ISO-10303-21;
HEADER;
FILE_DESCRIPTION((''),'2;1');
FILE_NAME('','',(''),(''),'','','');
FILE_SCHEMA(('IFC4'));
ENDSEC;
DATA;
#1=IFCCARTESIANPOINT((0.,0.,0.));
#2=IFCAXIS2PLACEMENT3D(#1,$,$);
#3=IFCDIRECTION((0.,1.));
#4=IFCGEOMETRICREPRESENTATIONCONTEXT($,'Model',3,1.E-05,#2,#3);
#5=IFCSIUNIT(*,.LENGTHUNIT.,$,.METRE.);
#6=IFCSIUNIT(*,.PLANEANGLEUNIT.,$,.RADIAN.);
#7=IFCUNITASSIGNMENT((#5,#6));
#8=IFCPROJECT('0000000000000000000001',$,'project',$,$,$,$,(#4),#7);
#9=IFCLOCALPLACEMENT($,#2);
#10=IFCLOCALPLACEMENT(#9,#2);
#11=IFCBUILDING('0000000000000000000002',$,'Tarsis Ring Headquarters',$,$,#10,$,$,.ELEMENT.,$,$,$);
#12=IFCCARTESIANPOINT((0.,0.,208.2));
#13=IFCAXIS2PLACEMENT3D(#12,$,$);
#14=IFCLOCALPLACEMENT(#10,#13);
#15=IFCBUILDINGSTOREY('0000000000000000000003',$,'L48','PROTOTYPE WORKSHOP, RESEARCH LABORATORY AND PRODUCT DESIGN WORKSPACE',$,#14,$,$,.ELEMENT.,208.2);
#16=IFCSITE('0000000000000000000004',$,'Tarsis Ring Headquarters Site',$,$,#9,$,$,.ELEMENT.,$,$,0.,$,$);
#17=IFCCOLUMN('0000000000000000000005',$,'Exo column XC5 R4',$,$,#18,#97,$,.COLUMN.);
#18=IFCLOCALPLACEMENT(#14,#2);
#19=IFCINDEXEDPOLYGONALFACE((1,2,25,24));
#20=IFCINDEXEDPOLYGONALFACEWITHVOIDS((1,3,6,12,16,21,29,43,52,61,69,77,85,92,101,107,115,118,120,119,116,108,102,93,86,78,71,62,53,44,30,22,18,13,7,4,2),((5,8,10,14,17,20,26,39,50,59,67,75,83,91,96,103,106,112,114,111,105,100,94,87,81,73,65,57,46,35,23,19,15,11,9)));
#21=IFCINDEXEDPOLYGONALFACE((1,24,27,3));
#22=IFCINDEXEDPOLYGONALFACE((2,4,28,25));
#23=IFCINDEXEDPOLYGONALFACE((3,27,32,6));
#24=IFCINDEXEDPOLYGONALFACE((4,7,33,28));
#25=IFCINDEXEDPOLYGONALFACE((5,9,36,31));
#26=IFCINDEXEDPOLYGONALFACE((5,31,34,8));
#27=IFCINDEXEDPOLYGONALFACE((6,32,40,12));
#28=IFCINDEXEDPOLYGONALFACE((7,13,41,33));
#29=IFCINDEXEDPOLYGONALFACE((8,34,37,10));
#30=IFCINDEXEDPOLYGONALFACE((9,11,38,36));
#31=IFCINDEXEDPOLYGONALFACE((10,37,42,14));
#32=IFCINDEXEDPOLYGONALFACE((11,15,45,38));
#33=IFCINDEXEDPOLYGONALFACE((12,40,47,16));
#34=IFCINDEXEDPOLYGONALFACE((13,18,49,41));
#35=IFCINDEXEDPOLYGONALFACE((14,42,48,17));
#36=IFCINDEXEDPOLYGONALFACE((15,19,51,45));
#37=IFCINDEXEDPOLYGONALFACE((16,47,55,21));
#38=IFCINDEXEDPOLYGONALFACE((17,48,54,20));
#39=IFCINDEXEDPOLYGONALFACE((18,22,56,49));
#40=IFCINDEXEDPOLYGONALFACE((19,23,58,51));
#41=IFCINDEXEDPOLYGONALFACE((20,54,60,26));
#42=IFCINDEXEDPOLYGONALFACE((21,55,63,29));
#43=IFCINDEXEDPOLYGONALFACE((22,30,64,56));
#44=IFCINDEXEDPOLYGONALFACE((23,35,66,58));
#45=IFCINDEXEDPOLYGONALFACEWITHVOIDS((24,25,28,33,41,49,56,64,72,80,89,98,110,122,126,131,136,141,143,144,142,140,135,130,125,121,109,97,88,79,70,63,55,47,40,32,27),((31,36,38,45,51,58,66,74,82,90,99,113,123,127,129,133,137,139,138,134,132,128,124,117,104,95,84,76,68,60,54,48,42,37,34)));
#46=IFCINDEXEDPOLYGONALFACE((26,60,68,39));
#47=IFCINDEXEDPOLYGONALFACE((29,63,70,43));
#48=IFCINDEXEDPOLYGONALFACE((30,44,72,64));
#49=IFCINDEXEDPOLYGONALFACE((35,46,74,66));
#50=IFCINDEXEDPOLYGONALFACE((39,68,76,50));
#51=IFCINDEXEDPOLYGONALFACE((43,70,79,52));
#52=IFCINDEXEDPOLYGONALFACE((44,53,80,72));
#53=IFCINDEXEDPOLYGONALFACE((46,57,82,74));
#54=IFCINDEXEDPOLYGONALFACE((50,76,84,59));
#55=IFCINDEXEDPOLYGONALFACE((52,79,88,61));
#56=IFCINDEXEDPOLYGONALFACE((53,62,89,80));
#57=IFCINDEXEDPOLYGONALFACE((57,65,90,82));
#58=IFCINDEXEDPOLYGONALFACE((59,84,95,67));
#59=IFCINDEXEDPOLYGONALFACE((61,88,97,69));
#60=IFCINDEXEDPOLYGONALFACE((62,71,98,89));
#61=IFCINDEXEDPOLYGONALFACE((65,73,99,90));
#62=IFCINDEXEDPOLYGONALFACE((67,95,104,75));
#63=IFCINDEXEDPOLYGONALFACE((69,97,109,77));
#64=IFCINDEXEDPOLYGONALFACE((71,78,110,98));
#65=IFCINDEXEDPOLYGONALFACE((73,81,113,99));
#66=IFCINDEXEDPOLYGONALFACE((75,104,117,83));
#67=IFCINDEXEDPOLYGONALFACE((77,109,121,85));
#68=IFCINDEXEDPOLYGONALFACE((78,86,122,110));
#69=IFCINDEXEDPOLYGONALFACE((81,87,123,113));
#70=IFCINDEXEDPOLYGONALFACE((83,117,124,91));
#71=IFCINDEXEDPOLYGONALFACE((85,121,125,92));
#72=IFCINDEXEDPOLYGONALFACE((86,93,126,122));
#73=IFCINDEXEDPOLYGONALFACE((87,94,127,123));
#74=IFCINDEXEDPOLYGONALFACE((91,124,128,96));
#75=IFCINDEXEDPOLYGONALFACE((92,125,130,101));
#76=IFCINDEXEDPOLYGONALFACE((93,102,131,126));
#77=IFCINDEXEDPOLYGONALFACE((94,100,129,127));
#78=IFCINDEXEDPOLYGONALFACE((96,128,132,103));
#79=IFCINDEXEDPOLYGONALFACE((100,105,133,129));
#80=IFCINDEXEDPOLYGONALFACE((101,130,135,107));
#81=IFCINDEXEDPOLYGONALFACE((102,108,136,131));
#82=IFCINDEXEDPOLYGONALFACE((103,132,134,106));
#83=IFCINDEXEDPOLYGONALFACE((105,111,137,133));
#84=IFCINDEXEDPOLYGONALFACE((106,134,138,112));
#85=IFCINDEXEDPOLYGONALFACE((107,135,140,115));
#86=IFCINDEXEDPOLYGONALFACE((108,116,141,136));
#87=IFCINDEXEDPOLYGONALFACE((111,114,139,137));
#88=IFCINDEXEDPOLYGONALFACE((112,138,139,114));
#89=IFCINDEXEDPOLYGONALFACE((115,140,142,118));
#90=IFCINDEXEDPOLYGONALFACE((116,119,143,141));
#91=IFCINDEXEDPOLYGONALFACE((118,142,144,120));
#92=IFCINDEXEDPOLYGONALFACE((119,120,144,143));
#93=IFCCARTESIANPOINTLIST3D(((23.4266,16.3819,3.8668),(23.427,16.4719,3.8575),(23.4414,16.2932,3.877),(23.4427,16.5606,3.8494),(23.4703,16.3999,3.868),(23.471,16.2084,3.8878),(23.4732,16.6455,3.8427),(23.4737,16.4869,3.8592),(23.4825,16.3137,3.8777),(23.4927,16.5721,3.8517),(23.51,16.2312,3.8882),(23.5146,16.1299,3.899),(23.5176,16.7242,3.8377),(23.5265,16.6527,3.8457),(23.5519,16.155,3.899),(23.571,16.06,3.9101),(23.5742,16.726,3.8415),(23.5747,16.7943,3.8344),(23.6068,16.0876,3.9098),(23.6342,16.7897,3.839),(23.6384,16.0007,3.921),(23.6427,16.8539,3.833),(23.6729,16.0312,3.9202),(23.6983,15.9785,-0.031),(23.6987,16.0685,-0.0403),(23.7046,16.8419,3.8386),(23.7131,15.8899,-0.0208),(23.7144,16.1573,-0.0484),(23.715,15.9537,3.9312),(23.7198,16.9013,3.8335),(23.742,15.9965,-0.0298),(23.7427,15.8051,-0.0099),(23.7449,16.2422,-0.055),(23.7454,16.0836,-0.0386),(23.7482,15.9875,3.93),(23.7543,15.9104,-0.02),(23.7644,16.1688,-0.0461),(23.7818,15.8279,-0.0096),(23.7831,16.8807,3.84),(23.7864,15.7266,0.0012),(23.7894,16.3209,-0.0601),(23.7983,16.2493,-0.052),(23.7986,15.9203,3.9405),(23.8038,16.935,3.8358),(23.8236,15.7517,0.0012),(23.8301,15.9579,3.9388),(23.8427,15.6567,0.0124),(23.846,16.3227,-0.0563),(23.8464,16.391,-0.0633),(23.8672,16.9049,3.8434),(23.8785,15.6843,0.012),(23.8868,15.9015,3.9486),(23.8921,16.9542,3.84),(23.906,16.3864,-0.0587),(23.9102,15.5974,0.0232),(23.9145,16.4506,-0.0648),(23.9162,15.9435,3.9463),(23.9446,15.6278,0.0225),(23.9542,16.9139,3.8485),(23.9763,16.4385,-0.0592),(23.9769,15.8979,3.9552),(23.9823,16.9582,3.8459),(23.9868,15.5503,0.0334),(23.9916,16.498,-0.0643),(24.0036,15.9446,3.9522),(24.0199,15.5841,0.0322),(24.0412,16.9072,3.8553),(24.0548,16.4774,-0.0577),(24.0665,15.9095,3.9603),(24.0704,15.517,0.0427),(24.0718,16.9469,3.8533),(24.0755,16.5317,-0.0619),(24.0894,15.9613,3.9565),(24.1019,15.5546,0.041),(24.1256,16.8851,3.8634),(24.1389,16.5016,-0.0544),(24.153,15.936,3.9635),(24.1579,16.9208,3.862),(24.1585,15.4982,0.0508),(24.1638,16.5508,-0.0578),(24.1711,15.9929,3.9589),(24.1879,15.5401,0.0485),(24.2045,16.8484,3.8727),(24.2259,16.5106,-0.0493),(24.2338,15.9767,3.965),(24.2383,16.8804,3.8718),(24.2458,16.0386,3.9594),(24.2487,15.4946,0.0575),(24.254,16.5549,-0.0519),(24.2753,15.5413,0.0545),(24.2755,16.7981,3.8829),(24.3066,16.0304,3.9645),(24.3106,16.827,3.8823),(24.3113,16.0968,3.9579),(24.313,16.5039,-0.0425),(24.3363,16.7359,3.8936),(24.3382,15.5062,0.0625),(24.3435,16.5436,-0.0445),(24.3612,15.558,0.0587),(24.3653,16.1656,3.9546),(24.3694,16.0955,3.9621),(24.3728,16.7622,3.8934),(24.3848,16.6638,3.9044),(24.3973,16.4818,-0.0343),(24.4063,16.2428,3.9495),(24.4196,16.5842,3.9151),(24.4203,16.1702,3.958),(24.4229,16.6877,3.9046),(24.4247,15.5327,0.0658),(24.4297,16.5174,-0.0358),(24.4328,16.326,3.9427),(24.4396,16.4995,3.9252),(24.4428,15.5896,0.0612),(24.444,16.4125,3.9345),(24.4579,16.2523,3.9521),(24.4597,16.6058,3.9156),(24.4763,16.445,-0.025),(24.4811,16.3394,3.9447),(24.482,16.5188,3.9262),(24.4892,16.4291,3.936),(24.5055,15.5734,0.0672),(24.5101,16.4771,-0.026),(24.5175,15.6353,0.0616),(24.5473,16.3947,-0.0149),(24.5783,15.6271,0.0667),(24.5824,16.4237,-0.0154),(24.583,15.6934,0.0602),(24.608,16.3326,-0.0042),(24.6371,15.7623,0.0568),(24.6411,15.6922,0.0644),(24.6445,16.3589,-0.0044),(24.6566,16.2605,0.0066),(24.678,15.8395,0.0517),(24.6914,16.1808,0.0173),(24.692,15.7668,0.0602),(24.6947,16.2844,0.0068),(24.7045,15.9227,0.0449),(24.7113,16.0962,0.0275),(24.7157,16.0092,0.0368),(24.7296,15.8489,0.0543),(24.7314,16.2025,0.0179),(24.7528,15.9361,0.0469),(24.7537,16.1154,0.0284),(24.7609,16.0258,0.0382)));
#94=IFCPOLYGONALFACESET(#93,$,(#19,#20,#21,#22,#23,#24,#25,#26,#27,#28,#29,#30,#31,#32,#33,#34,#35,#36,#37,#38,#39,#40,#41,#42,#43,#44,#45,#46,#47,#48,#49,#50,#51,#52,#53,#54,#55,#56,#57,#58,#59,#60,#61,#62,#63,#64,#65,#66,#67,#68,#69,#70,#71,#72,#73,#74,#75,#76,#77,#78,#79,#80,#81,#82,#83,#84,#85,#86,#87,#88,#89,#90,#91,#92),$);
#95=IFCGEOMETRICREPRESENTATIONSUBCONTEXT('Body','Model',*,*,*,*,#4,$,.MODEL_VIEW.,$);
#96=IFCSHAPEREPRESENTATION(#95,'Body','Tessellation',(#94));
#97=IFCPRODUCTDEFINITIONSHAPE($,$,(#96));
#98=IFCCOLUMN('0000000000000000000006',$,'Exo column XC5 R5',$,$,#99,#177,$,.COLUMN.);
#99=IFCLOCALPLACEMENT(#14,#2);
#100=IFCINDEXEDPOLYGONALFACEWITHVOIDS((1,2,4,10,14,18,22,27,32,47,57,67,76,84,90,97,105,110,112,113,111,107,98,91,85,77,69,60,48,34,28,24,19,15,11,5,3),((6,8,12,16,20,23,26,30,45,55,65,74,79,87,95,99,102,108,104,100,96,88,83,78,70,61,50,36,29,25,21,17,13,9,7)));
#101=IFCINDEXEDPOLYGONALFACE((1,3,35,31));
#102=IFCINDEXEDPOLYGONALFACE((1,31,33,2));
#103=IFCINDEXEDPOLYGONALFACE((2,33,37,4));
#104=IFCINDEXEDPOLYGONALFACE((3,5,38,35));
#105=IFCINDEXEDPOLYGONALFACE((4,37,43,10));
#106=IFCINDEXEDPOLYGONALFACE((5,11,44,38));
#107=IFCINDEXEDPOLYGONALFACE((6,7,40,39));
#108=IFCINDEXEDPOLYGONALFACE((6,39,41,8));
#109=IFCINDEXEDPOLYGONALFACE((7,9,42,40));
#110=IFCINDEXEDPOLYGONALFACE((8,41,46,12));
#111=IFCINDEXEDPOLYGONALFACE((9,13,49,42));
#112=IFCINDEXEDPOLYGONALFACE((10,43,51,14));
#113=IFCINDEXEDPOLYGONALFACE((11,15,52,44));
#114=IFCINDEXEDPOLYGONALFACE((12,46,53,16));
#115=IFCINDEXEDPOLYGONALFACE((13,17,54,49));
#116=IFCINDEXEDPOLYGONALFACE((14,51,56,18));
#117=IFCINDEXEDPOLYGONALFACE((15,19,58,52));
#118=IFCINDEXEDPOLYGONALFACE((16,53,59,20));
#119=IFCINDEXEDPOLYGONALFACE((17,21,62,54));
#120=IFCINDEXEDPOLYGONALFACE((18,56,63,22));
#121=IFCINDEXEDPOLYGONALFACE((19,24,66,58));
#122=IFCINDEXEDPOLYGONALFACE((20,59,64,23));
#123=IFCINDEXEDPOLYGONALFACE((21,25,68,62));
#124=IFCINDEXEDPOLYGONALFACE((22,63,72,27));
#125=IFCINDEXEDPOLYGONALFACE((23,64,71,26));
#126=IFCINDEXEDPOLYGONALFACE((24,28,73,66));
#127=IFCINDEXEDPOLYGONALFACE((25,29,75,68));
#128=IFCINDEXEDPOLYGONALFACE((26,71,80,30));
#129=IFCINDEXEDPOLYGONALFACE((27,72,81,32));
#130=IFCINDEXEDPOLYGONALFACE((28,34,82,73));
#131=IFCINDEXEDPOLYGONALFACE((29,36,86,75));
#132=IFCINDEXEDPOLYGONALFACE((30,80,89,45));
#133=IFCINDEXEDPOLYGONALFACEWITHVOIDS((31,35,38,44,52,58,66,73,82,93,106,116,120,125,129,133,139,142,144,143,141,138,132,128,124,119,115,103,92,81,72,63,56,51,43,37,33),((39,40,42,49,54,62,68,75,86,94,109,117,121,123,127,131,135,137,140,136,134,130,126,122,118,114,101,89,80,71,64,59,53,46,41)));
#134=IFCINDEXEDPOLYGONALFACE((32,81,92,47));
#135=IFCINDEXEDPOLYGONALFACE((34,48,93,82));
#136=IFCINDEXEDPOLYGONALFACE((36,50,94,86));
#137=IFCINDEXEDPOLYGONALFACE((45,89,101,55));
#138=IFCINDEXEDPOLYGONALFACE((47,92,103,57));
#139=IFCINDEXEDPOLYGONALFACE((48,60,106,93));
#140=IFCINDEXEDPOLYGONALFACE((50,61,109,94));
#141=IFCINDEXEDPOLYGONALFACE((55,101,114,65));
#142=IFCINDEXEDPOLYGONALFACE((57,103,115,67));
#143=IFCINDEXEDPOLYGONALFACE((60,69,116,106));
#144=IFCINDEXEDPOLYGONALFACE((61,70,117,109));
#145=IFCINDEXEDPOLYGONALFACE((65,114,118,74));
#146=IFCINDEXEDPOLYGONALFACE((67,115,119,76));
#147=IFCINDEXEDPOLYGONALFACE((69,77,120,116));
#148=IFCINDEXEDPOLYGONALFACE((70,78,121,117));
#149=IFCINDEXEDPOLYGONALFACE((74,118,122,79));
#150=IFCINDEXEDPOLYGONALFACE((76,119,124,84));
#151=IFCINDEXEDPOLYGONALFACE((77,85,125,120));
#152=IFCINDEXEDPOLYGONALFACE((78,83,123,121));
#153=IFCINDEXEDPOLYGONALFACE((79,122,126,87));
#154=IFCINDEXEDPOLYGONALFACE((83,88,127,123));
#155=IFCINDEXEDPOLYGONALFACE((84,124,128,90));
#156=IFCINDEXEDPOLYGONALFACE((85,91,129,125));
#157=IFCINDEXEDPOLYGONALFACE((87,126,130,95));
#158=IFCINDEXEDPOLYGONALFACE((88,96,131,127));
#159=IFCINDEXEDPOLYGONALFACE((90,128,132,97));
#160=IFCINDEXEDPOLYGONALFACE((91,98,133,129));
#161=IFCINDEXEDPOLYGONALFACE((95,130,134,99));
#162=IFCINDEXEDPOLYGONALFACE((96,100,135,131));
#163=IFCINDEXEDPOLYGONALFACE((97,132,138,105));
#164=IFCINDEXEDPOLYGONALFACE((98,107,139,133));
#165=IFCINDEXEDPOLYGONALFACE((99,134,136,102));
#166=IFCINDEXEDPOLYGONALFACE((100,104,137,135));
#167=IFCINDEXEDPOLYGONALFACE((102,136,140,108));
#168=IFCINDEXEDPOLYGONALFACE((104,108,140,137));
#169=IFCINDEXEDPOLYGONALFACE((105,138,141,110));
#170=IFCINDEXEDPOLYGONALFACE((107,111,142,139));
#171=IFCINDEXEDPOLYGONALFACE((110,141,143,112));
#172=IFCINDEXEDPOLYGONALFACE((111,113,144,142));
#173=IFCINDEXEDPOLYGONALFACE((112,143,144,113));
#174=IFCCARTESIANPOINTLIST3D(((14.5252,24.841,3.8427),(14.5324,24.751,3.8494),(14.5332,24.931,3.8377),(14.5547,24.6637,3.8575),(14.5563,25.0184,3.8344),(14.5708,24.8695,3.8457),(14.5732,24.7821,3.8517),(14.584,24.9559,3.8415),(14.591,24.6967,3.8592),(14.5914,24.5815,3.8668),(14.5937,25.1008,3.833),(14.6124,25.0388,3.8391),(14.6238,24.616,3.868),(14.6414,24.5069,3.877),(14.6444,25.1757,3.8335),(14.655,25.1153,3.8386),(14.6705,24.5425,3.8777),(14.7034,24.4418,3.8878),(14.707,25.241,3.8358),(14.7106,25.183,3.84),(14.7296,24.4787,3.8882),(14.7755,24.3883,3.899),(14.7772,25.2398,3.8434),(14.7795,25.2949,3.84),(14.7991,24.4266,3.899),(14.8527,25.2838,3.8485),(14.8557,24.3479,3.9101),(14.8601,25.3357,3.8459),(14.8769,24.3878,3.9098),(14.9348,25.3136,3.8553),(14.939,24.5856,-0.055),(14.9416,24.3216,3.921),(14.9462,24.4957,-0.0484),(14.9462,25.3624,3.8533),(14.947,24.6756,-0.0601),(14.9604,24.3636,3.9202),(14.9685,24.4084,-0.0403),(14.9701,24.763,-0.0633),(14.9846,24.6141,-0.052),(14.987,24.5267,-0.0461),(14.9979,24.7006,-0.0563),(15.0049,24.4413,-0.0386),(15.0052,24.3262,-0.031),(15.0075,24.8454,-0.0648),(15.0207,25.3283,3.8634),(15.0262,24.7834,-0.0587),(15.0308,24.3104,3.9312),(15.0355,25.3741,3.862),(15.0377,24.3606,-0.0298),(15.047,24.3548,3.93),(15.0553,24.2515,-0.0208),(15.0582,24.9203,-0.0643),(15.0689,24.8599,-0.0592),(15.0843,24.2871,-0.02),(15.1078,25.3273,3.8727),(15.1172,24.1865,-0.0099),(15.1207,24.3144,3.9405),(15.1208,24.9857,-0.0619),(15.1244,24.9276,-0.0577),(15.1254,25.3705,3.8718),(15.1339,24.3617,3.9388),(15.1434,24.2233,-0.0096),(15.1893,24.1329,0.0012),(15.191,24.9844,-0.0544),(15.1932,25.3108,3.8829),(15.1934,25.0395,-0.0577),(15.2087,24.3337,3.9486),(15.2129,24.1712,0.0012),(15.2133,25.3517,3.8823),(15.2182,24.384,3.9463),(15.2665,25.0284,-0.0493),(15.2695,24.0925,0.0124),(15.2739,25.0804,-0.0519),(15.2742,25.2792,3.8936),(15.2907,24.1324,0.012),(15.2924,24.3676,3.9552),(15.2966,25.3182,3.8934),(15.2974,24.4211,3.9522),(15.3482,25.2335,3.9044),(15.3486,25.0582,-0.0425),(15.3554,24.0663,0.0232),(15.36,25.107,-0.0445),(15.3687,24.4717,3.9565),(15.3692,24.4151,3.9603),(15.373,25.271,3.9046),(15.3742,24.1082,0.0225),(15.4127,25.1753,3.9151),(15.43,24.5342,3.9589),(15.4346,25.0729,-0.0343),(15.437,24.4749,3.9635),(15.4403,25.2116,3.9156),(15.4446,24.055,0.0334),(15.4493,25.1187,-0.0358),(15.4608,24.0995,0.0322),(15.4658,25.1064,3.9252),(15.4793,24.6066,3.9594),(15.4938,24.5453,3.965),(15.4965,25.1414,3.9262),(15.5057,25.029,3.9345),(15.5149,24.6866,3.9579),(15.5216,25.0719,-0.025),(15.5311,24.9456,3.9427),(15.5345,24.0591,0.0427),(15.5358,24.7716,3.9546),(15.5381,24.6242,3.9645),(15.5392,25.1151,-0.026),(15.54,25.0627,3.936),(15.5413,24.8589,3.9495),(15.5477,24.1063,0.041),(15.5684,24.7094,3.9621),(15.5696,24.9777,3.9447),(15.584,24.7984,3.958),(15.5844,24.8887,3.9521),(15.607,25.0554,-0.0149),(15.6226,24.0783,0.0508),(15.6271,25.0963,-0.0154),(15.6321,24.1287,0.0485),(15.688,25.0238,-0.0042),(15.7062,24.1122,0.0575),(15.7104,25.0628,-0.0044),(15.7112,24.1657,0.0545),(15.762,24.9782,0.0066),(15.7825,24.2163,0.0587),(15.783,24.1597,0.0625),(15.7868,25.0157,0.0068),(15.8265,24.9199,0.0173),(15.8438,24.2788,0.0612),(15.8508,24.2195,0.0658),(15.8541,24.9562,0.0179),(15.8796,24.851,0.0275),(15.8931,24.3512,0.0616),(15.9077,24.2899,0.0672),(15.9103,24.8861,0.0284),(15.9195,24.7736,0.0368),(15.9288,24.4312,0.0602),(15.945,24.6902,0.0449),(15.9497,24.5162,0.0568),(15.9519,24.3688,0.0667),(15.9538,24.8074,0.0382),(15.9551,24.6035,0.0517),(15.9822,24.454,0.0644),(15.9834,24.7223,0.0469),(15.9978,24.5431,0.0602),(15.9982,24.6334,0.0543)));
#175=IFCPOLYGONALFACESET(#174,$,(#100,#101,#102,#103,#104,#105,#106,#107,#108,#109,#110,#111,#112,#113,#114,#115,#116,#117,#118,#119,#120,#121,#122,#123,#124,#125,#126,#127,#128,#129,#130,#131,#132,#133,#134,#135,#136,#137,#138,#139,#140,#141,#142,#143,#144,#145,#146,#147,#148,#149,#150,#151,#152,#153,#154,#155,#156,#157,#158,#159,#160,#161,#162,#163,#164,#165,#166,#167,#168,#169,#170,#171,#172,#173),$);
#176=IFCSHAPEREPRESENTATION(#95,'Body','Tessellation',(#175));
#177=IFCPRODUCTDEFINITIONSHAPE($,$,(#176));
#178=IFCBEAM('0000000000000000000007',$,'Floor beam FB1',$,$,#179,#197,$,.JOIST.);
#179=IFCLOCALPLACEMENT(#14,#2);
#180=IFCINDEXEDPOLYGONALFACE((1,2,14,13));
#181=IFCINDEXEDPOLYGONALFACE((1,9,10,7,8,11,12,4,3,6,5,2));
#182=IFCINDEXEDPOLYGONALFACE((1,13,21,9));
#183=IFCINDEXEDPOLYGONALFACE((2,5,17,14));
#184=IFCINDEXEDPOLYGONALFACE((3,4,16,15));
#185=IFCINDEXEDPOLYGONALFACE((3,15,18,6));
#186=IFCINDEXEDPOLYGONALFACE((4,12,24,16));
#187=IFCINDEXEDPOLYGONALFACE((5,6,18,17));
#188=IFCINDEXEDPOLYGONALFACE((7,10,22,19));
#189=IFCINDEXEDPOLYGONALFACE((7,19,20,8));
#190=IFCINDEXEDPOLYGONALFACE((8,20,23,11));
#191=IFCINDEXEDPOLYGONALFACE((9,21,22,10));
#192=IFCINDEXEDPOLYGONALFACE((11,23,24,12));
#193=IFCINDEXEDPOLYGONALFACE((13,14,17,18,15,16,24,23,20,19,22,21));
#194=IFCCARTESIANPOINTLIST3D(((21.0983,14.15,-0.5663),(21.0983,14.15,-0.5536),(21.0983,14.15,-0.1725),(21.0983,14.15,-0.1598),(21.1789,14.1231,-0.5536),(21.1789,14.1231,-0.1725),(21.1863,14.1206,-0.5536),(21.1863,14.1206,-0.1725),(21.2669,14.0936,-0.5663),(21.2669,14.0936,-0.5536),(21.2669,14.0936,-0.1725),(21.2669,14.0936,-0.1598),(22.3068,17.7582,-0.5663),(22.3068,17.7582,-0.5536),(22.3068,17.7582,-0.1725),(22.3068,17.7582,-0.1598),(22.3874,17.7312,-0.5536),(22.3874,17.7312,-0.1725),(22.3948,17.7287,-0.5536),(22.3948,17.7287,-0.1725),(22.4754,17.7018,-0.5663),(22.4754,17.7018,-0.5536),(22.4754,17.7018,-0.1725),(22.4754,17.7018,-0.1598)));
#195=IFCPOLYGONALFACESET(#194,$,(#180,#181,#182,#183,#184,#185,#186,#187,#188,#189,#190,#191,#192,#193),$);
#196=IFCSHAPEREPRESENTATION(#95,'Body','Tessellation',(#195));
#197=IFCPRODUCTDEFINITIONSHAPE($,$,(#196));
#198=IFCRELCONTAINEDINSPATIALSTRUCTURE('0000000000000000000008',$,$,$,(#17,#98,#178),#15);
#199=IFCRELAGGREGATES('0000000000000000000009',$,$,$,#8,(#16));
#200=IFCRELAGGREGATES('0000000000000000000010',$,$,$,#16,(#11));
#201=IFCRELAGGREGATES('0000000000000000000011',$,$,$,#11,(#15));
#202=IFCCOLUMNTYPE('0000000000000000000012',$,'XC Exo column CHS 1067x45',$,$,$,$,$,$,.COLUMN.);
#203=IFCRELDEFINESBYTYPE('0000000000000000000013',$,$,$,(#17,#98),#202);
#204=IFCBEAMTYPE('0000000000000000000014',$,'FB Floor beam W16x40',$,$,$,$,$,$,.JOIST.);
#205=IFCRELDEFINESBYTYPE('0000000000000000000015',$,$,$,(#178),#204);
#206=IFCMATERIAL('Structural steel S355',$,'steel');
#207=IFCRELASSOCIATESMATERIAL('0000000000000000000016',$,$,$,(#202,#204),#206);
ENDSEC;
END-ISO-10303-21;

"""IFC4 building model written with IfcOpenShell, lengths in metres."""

from ifc_helpers import new_model, si_unit, direction, frame, origin, origin_2d, place, context, subcontext, project, spatial, hollow_circle, i_section, extrude, material, material_profile, profile_set, type_object, element, save


model = new_model("IFC4")

# Units and contexts
model_context = context("Model", 3, precision=1e-05, world=origin(), true_north=direction((0.0, 1.0)))
body_context = subcontext(model_context, "Body", "Model", "MODEL_VIEW")
ifc_project = project(units=[si_unit("LENGTHUNIT", "METRE"), si_unit("PLANEANGLEUNIT", "RADIAN")], contexts=[model_context])

# Site, building, storey
site_placement = place(None, origin())
site = spatial("IfcSite", under=ifc_project, at=site_placement, Name="Tarsis Ring Headquarters Site", CompositionType="ELEMENT", RefElevation=0.0)
building_placement = place(site_placement, origin())
building = spatial("IfcBuilding", under=site, at=building_placement, Name="Tarsis Ring Headquarters", CompositionType="ELEMENT")
storey_placement = place(building_placement, frame((0.0, 0.0, 208.2)))
storey = spatial("IfcBuildingStorey", under=building, at=storey_placement, Name="L48", Description="PROTOTYPE WORKSHOP, RESEARCH LABORATORY AND PRODUCT DESIGN WORKSPACE", CompositionType="ELEMENT", Elevation=208.2)

# Columns
ifc_material_1 = material(Name="Structural steel S355", Category="steel")
ifc_material_profile_1 = material_profile(ifc_material_1, hollow_circle(Radius=0.5334, WallThickness=0.0449, at=origin_2d()), Name="CHS 1067x45")
ifc_profile_set_1 = profile_set([ifc_material_profile_1], Name="Structural steel S355")
column_type = type_object("IfcColumnType", Name="XC Exo column CHS 1067x45", PredefinedType="COLUMN", material=ifc_profile_set_1)
for number, where, z_axis, x_axis, name in (
    (1, (24.2288, 16.0247, 0.0012), (-0.069179, 0.10268, 0.992306), (-0.829337, -0.558748, 0.0), "Exo column XC5 R4"),
    (2, (15.4695, 24.5869, 0.0012), (-0.105353, 0.065014, 0.992307), (-0.525161, -0.851003, 0.0), "Exo column XC5 R5"),
):
    element("IfcColumn", number, at=place(storey_placement, frame(where, z_axis=z_axis, x_axis=x_axis)), inside=storey, type_object=column_type, Name=name, PredefinedType="COLUMN", context=body_context, shape_type="SweptSolid", body=[
        extrude(hollow_circle(Radius=0.5334, WallThickness=0.0449, at=origin_2d()), origin(), (0.0, 0.0, 1.0), 3.928),
    ])

# Beam
ifc_material_profile_2 = material_profile(ifc_material_1, i_section(OverallWidth=0.1777, OverallDepth=0.4065, WebThickness=0.0078, FlangeThickness=0.0127, at=origin_2d()), Name="W16x40")
ifc_profile_set_2 = profile_set([ifc_material_profile_2], Name="Structural steel S355")
beam_type_1 = type_object("IfcBeamType", Name="FB Floor beam W16x40", PredefinedType="JOIST", material=ifc_profile_set_2)
beam_1_placement = place(storey_placement, frame((22.3911, 17.73, -0.363), z_axis=(-0.317594, -0.948227, 0.0), x_axis=(0.948227, -0.317594, 0.0)))
element("IfcBeam", 3, at=beam_1_placement, inside=storey, type_object=beam_type_1, Name="Floor beam FB1", PredefinedType="JOIST", context=body_context, shape_type="SweptSolid", body=[
    extrude(i_section(OverallWidth=0.1777, OverallDepth=0.4065, WebThickness=0.0078, FlangeThickness=0.0127, at=origin_2d()), origin(), (0.0, 0.0, 1.0), 3.8052),
])

save(model, "model.ifc")
